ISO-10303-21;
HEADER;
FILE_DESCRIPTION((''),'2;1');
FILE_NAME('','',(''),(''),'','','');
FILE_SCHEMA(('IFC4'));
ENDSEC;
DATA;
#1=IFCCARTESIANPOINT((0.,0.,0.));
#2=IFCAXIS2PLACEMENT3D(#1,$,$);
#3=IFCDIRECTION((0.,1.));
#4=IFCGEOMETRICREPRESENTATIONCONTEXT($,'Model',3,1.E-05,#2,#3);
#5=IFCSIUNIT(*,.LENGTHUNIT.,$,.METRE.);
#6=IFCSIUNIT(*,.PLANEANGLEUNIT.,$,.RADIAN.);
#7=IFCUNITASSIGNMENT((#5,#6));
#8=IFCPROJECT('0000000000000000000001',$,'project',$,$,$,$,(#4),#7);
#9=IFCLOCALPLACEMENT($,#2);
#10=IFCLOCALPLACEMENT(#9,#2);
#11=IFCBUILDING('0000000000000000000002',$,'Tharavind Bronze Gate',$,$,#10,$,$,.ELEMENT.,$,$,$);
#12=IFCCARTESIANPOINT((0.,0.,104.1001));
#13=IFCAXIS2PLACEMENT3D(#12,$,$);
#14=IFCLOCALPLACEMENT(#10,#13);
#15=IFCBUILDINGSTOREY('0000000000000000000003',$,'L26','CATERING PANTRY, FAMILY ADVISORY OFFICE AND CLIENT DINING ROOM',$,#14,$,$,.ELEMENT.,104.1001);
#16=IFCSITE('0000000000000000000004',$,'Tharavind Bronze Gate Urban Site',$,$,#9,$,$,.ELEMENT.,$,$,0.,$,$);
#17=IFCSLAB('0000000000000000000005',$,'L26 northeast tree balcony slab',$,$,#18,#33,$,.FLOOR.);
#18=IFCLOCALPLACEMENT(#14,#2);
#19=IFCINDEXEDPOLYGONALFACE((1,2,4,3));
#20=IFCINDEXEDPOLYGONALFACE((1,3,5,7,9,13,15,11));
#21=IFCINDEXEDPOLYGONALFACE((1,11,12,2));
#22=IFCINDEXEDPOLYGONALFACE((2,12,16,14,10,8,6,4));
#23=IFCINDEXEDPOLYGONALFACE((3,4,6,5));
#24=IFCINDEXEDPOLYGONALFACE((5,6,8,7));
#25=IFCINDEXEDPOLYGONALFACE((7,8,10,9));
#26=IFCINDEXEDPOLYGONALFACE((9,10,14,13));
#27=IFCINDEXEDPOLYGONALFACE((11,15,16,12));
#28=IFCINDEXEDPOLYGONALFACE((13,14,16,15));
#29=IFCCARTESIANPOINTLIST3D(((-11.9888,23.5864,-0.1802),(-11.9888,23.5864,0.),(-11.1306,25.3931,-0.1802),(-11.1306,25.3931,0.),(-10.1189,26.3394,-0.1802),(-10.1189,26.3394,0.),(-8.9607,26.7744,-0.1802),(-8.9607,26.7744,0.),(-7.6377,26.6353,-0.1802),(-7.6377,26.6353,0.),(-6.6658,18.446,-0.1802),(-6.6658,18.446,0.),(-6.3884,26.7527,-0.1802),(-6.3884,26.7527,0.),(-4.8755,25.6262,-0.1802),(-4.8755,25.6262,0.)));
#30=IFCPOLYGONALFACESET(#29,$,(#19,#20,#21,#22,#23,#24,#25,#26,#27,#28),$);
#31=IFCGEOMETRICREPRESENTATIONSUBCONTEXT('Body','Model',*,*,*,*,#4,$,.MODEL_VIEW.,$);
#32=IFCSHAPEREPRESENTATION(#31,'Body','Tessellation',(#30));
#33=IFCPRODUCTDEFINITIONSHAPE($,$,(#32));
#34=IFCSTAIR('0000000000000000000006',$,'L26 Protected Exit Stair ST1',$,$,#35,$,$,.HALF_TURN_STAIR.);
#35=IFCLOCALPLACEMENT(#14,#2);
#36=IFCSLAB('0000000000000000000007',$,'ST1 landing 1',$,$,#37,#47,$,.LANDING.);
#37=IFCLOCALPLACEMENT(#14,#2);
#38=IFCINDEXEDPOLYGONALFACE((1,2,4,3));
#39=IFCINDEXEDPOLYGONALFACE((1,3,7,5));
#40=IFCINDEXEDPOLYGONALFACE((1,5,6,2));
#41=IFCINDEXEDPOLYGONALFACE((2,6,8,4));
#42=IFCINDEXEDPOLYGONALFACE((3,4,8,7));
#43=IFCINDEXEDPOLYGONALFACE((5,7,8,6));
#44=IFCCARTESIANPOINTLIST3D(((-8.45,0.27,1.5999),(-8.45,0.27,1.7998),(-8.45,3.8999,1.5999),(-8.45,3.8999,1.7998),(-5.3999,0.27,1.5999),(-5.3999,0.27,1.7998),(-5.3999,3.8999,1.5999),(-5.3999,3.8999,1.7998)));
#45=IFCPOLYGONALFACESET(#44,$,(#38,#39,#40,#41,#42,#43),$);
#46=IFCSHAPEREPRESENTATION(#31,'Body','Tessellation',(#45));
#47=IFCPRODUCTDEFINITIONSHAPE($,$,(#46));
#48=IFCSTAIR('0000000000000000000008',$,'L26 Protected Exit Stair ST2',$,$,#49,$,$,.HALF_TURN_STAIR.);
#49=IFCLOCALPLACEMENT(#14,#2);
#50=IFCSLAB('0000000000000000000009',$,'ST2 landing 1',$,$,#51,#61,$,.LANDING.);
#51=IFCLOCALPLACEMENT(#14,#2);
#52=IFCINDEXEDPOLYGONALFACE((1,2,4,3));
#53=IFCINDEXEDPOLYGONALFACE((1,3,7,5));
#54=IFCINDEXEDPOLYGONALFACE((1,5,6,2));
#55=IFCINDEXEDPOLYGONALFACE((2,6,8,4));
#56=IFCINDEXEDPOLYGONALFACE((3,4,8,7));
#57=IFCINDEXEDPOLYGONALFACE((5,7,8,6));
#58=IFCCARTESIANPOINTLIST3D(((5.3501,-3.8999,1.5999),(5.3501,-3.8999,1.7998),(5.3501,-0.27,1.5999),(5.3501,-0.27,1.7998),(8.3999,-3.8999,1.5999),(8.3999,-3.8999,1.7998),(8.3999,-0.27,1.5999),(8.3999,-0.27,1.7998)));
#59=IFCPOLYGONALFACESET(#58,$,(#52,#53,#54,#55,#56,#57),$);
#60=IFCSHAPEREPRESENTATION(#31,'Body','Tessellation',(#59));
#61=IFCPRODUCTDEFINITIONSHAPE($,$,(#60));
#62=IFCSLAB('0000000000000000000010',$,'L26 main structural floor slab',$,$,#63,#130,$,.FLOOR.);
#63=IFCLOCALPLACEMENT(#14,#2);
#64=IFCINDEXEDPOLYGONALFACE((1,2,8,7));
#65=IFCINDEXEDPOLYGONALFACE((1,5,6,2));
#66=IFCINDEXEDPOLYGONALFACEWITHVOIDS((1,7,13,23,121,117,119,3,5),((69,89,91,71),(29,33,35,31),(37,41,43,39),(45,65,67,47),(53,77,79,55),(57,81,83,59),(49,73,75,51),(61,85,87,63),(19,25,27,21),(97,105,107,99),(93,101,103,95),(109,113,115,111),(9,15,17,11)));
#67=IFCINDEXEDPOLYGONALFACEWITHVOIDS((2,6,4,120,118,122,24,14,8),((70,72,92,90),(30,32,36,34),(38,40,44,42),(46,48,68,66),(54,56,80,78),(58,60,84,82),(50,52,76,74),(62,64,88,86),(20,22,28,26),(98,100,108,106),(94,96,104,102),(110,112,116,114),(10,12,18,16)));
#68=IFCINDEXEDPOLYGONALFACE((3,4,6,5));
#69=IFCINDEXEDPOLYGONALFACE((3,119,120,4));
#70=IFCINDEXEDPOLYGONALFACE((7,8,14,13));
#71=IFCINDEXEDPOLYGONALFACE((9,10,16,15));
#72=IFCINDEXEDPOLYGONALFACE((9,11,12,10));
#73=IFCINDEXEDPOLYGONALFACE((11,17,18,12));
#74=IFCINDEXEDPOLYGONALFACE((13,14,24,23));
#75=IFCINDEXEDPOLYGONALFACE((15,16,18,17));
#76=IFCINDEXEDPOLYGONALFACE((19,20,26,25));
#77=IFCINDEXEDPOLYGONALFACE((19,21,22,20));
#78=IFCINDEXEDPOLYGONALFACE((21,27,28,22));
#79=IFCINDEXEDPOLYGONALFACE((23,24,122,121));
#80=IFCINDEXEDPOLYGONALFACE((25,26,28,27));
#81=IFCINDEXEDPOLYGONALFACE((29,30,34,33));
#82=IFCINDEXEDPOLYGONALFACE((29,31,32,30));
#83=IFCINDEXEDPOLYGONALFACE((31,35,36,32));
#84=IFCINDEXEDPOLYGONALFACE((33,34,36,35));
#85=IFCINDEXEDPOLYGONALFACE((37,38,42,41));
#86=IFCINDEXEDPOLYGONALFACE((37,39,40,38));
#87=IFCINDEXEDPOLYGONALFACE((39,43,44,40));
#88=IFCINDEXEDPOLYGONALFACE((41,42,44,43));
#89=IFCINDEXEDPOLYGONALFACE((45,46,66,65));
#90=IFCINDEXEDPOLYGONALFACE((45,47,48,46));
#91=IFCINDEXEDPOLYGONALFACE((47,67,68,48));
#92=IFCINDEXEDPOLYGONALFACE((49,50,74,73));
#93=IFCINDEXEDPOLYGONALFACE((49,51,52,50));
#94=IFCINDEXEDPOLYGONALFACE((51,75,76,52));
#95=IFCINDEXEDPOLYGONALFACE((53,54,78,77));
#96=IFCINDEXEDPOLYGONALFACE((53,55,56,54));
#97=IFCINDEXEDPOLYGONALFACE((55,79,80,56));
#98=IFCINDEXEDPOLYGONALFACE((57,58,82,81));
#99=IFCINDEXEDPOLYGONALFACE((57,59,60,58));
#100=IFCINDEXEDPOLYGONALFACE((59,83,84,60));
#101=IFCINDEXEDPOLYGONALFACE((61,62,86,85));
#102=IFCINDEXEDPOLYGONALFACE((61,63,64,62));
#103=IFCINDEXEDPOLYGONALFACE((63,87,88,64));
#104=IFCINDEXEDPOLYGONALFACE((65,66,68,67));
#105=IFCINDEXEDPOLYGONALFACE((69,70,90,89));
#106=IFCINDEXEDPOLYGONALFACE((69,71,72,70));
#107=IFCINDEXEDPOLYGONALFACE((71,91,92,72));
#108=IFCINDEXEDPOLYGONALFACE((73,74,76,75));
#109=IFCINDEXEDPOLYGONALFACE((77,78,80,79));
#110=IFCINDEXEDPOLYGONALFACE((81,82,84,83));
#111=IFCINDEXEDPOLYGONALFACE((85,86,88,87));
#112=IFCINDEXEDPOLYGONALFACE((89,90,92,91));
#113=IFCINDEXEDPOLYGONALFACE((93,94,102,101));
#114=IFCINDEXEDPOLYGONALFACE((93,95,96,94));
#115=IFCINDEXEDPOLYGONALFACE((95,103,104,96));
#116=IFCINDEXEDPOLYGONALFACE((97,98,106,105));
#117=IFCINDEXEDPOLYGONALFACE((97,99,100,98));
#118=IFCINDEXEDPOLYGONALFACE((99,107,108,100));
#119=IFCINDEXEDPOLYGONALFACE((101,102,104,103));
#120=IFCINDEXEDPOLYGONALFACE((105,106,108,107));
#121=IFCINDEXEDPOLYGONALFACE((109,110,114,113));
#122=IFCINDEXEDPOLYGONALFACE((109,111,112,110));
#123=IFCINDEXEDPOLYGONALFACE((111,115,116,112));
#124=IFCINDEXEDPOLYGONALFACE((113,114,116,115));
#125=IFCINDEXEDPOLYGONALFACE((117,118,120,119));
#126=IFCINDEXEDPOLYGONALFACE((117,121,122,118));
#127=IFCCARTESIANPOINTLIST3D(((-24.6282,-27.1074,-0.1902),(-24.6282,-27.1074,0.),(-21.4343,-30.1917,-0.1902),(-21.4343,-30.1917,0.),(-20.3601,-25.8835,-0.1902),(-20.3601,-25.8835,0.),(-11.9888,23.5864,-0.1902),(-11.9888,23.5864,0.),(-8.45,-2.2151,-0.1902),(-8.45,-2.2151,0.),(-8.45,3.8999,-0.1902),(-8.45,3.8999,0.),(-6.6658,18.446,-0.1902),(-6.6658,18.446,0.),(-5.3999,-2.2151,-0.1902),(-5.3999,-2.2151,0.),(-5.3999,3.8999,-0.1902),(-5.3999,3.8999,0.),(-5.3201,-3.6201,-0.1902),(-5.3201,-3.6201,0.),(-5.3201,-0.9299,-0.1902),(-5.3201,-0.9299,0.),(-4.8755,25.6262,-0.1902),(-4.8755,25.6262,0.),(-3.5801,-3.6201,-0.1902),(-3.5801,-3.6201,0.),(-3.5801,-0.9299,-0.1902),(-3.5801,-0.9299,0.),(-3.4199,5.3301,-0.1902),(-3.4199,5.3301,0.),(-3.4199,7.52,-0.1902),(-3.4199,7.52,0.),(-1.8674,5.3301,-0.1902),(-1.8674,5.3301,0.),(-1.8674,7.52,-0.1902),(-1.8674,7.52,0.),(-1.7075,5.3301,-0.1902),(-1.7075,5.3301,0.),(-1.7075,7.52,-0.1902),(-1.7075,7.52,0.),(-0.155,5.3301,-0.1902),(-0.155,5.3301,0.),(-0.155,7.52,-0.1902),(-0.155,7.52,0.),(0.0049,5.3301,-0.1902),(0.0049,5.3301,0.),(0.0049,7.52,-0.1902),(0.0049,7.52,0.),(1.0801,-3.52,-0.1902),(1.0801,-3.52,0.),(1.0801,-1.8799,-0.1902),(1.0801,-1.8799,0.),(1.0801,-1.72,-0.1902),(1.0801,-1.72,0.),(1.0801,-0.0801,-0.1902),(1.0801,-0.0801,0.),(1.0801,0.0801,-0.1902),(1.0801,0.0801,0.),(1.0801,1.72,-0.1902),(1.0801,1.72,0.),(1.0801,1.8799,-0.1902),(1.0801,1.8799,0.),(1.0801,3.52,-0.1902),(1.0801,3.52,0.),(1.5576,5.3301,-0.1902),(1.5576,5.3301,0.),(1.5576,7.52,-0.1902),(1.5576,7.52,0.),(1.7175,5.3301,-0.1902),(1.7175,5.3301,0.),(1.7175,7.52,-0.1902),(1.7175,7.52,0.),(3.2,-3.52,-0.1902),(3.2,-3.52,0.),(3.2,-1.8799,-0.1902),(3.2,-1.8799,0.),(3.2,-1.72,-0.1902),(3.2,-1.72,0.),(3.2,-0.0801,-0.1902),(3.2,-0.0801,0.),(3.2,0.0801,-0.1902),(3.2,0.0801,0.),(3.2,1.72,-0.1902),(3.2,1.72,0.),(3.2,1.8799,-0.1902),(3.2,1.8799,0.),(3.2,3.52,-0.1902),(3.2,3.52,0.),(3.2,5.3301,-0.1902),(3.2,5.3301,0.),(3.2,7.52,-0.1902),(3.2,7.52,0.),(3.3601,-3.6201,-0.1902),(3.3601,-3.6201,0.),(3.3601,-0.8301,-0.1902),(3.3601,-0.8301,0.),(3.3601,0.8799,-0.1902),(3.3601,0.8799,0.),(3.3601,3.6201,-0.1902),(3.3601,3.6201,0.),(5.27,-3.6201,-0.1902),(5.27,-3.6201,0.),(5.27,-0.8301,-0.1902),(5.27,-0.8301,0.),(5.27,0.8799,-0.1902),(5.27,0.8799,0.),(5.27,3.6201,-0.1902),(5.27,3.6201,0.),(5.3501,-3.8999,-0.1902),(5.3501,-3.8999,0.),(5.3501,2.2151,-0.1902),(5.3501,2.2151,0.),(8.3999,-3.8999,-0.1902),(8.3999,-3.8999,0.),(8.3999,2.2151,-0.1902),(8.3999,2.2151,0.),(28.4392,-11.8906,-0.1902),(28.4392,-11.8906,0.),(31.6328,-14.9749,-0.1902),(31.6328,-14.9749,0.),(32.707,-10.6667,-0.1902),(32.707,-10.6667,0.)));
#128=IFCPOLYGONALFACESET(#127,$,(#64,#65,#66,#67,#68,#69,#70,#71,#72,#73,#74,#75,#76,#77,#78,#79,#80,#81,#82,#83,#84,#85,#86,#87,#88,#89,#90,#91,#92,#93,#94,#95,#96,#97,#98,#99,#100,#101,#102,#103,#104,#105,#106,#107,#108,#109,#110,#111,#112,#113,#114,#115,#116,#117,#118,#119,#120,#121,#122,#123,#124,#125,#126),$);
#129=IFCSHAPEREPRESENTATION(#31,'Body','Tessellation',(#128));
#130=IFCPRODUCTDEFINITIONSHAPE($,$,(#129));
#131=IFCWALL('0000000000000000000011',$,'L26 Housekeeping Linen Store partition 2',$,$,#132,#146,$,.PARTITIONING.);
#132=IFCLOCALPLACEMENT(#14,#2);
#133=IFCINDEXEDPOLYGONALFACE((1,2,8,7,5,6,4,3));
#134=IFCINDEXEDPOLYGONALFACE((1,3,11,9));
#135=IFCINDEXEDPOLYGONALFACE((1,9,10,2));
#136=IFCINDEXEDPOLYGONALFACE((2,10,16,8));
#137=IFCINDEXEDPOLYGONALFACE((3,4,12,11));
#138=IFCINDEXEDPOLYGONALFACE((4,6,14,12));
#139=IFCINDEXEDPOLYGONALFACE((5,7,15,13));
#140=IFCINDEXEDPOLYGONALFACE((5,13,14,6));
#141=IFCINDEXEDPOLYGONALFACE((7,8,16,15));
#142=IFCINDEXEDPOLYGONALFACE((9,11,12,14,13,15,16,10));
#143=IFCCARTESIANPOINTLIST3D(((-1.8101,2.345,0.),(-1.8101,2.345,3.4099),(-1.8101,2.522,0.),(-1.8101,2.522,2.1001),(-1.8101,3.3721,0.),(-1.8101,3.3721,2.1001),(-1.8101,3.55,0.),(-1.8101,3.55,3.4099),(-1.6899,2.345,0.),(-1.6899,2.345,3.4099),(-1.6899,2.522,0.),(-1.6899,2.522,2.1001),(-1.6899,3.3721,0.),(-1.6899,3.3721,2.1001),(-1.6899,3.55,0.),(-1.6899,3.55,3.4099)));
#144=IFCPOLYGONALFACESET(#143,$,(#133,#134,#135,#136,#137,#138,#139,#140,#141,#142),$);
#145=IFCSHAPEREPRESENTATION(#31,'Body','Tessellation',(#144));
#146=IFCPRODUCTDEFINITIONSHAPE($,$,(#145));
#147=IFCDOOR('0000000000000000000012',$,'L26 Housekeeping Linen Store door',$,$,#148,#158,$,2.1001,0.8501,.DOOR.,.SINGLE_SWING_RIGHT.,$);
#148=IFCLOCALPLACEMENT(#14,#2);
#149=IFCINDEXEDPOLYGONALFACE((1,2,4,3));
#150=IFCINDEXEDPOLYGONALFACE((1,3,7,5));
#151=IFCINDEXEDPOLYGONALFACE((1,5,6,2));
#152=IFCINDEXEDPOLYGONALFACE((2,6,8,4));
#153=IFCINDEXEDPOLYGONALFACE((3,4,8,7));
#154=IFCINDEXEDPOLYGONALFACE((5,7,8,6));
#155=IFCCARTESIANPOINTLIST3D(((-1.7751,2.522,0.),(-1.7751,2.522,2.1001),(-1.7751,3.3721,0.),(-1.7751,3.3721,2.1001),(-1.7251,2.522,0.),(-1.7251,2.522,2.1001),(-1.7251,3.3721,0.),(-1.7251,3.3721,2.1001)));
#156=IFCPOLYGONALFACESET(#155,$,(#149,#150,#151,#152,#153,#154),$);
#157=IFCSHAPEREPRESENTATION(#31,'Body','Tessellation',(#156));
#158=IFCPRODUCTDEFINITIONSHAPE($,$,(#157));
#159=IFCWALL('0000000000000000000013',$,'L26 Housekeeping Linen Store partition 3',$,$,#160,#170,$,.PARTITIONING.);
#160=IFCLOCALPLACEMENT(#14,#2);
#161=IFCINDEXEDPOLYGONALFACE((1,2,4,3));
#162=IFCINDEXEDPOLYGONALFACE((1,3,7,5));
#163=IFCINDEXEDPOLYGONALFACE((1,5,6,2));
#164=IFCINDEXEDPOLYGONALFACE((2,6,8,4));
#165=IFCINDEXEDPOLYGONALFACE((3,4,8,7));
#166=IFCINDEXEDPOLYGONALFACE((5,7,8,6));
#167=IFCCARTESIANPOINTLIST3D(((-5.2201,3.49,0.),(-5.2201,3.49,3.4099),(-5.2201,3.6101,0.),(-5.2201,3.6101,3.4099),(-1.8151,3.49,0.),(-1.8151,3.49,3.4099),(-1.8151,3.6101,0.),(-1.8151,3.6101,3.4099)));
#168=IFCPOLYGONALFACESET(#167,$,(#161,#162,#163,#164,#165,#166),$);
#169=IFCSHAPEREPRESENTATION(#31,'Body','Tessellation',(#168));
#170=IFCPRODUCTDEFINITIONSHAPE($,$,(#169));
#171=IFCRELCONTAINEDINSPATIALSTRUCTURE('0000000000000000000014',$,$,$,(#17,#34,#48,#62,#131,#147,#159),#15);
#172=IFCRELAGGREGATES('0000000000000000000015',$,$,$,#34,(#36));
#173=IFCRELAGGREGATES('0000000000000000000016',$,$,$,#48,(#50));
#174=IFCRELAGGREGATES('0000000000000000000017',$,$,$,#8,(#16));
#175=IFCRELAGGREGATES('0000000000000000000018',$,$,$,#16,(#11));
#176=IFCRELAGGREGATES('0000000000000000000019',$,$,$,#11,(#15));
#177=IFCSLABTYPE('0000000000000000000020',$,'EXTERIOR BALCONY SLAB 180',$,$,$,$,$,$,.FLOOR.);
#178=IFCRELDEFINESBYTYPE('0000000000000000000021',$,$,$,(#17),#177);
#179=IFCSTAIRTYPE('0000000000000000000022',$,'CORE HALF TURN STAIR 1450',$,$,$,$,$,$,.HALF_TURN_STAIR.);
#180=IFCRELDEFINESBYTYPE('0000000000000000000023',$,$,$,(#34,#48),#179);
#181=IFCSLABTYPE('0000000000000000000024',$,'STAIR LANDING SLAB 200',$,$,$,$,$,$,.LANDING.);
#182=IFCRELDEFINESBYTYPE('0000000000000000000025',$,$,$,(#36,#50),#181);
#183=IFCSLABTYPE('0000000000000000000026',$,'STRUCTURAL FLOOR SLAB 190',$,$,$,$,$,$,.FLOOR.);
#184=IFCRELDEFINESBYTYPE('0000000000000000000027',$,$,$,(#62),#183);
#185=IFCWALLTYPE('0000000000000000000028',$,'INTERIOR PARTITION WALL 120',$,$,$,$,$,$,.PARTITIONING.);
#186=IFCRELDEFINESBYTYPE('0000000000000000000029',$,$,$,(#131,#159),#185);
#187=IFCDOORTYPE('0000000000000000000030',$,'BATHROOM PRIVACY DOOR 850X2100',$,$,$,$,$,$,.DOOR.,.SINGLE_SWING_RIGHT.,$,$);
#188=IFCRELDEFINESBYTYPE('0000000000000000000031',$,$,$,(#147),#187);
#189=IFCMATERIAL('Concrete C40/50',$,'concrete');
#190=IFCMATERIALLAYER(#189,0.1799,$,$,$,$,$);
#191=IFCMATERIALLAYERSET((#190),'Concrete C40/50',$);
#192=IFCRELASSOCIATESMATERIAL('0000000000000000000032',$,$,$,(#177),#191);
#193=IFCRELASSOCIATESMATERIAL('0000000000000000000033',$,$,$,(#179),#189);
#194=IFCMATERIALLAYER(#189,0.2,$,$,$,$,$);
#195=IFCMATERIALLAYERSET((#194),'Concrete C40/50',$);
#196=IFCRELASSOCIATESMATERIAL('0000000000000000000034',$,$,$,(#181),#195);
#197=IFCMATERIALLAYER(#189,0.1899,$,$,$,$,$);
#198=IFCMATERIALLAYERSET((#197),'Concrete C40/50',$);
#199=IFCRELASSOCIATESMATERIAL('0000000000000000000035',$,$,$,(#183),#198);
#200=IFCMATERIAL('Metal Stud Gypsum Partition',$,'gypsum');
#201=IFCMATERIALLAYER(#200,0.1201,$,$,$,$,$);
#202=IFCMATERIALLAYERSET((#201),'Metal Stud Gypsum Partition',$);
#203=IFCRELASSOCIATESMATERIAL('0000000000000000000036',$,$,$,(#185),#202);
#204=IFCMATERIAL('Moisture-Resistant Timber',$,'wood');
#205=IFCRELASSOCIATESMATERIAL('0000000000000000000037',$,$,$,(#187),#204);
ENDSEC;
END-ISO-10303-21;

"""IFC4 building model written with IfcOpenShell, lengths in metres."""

from ifc_helpers import new_model, si_unit, direction, frame, frame_2d, origin, place, context, subcontext, project, spatial, polyline, rectangle, outline, extrude, material, layer, layer_set, type_object, element, fill, aggregate, save


model = new_model("IFC4")

# Units and contexts
model_context = context("Model", 3, precision=1e-05, world=origin(), true_north=direction((0.0, 1.0)))
body_context = subcontext(model_context, "Body", "Model", "MODEL_VIEW")
ifc_project = project(units=[si_unit("LENGTHUNIT", "METRE"), si_unit("PLANEANGLEUNIT", "RADIAN")], contexts=[model_context])

# Site, building, storey
site_placement = place(None, origin())
site = spatial("IfcSite", under=ifc_project, at=site_placement, Name="Tharavind Bronze Gate Urban Site", CompositionType="ELEMENT", RefElevation=0.0)
building_placement = place(site_placement, origin())
building = spatial("IfcBuilding", under=site, at=building_placement, Name="Tharavind Bronze Gate", CompositionType="ELEMENT")
storey_placement = place(building_placement, frame((0.0, 0.0, 104.1001)))
storey = spatial("IfcBuildingStorey", under=building, at=storey_placement, Name="L26", Description="CATERING PANTRY, FAMILY ADVISORY OFFICE AND CLIENT DINING ROOM", CompositionType="ELEMENT", Elevation=104.1001)

# Slab
ifc_material_1 = material(Name="Concrete C40/50", Category="concrete")
ifc_layer_1 = layer(ifc_material_1, 0.1799)
ifc_layer_set_1 = layer_set([ifc_layer_1], Name="Concrete C40/50")
slab_type_1 = type_object("IfcSlabType", Name="EXTERIOR BALCONY SLAB 180", PredefinedType="FLOOR", material=ifc_layer_set_1)
slab_1_placement = place(storey_placement, frame((0.0, 0.0, -0.1802)))
element("IfcSlab", 1, at=slab_1_placement, inside=storey, type_object=slab_type_1, Name="L26 northeast tree balcony slab", PredefinedType="FLOOR", context=body_context, shape_type="SweptSolid", body=[
    extrude(outline(polyline([(-6.3884, 26.7527), (-7.6377, 26.6353), (-8.9607, 26.7744), (-10.1189, 26.3394), (-11.1306, 25.3931), (-11.9888, 23.5864), (-6.6658, 18.446), (-4.8755, 25.6262), (-6.3884, 26.7527)])), origin(), (0.0, 0.0, 1.0), 0.1802),
])

# Stairs, slabs
stair_type = type_object("IfcStairType", Name="CORE HALF TURN STAIR 1450", PredefinedType="HALF_TURN_STAIR", material=ifc_material_1)
stair_1_placement = place(storey_placement, origin())
stair_1 = element("IfcStair", 2, at=stair_1_placement, inside=storey, type_object=stair_type, Name="L26 Protected Exit Stair ST1", PredefinedType="HALF_TURN_STAIR")
ifc_layer_2 = layer(ifc_material_1, 0.2)
ifc_layer_set_2 = layer_set([ifc_layer_2], Name="Concrete C40/50")
slab_type_2 = type_object("IfcSlabType", Name="STAIR LANDING SLAB 200", PredefinedType="LANDING", material=ifc_layer_set_2)
slab_2_placement = place(storey_placement, frame((0.0, 0.0, 1.5999)))
slab_2 = element("IfcSlab", 3, at=slab_2_placement, type_object=slab_type_2, Name="ST1 landing 1", PredefinedType="LANDING", context=body_context, shape_type="SweptSolid", body=[
    extrude(outline(polyline([(-5.3999, 0.27), (-5.3999, 3.8999), (-8.45, 3.8999), (-8.45, 0.27), (-5.3999, 0.27)])), origin(), (0.0, 0.0, 1.0), 0.2),
])
aggregate(stair_1, [slab_2])
stair_2_placement = place(storey_placement, origin())
stair_2 = element("IfcStair", 4, at=stair_2_placement, inside=storey, type_object=stair_type, Name="L26 Protected Exit Stair ST2", PredefinedType="HALF_TURN_STAIR")
slab_3_placement = place(storey_placement, frame((0.0, 0.0, 1.5999)))
slab_3 = element("IfcSlab", 5, at=slab_3_placement, type_object=slab_type_2, Name="ST2 landing 1", PredefinedType="LANDING", context=body_context, shape_type="SweptSolid", body=[
    extrude(outline(polyline([(5.3501, -0.27), (5.3501, -3.8999), (8.3999, -3.8999), (8.3999, -0.27), (5.3501, -0.27)])), origin(), (0.0, 0.0, 1.0), 0.2),
])
aggregate(stair_2, [slab_3])

# Slab
ifc_layer_3 = layer(ifc_material_1, 0.1899)
ifc_layer_set_3 = layer_set([ifc_layer_3], Name="Concrete C40/50")
slab_type_3 = type_object("IfcSlabType", Name="STRUCTURAL FLOOR SLAB 190", PredefinedType="FLOOR", material=ifc_layer_set_3)
slab_4_placement = place(storey_placement, frame((0.0, 0.0, -0.1902)))
element("IfcSlab", 6, at=slab_4_placement, inside=storey, type_object=slab_type_3, Name="L26 main structural floor slab", PredefinedType="FLOOR", context=body_context, shape_type="SweptSolid", body=[
    extrude(outline(polyline([(-4.8755, 25.6262), (-6.6658, 18.446), (-11.9888, 23.5864), (-24.6282, -27.1074), (-20.3601, -25.8835), (-21.4343, -30.1917), (31.6328, -14.9749), (28.4392, -11.8906), (32.707, -10.6667), (-4.8755, 25.6262)]), holes=[polyline([(-5.3999, -2.2151), (-5.3999, 3.8999), (-8.45, 3.8999), (-8.45, -2.2151), (-5.3999, -2.2151)]), polyline([(5.3501, 2.2151), (5.3501, -3.8999), (8.3999, -3.8999), (8.3999, 2.2151), (5.3501, 2.2151)]), polyline([(-3.4199, 5.3301), (-1.8674, 5.3301), (-1.8674, 7.52), (-3.4199, 7.52), (-3.4199, 5.3301)]), polyline([(-1.7075, 5.3301), (-0.155, 5.3301), (-0.155, 7.52), (-1.7075, 7.52), (-1.7075, 5.3301)]), polyline([(0.0049, 5.3301), (1.5576, 5.3301), (1.5576, 7.52), (0.0049, 7.52), (0.0049, 5.3301)]), polyline([(1.7175, 5.3301), (3.2, 5.3301), (3.2, 7.52), (1.7175, 7.52), (1.7175, 5.3301)]), polyline([(1.0801, -3.52), (3.2, -3.52), (3.2, -1.8799), (1.0801, -1.8799), (1.0801, -3.52)]), polyline([(1.0801, -1.72), (3.2, -1.72), (3.2, -0.0801), (1.0801, -0.0801), (1.0801, -1.72)]), polyline([(1.0801, 0.0801), (3.2, 0.0801), (3.2, 1.72), (1.0801, 1.72), (1.0801, 0.0801)]), polyline([(1.0801, 1.8799), (3.2, 1.8799), (3.2, 3.52), (1.0801, 3.52), (1.0801, 1.8799)]), polyline([(-5.3201, -3.6201), (-3.5801, -3.6201), (-3.5801, -0.9299), (-5.3201, -0.9299), (-5.3201, -3.6201)]), polyline([(3.3601, 0.8799), (5.27, 0.8799), (5.27, 3.6201), (3.3601, 3.6201), (3.3601, 0.8799)]), polyline([(3.3601, -3.6201), (5.27, -3.6201), (5.27, -0.8301), (3.3601, -0.8301), (3.3601, -3.6201)])]), origin(), (0.0, 0.0, 1.0), 0.1902),
])

# Wall, opening, door
ifc_material_2 = material(Name="Metal Stud Gypsum Partition", Category="gypsum")
ifc_layer_4 = layer(ifc_material_2, 0.1201)
ifc_layer_set_4 = layer_set([ifc_layer_4], Name="Metal Stud Gypsum Partition")
wall_type_1 = type_object("IfcWallType", Name="INTERIOR PARTITION WALL 120", PredefinedType="PARTITIONING", material=ifc_layer_set_4)
wall_1_placement = place(storey_placement, frame((-1.75, 2.345, 0.0), z_axis=(0.0, 0.0, 1.0), x_axis=(0.0, 1.0, 0.0)))
wall_1 = element("IfcWall", 7, at=wall_1_placement, inside=storey, type_object=wall_type_1, Name="L26 Housekeeping Linen Store partition 2", PredefinedType="PARTITIONING", context=body_context, shape_type="SweptSolid", body=[
    extrude(rectangle(XDim=1.2051, YDim=0.1201, at=frame_2d((0.6025, 0.0))), origin(), (0.0, 0.0, 1.0), 3.4099),
])
opening_1_placement = place(wall_1_placement, frame((0.177, 0.0, 0.0)))
opening_1 = element("IfcOpeningElement", 8, at=opening_1_placement, cuts=wall_1, PredefinedType="OPENING", context=body_context, shape_type="SweptSolid", body=[
    extrude(rectangle(XDim=0.8501, YDim=2.1001, at=frame_2d((0.425, 1.05))), frame((0.0, 0.0701, 0.0), z_axis=(0.0, -1.0, 0.0), x_axis=(1.0, 0.0, 0.0)), (0.0, 0.0, 1.0), 0.1401),
])
ifc_material_3 = material(Name="Moisture-Resistant Timber", Category="wood")
door_type = type_object("IfcDoorType", Name="BATHROOM PRIVACY DOOR 850X2100", OperationType="SINGLE_SWING_RIGHT", PredefinedType="DOOR", material=ifc_material_3)
door_1_placement = place(opening_1_placement, frame((0.8501, 0.0, 0.0), z_axis=(0.0, 0.0, 1.0), x_axis=(-1.0, 0.0, 0.0)))
door_1 = element("IfcDoor", 9, at=door_1_placement, inside=storey, type_object=door_type, Name="L26 Housekeeping Linen Store door", OperationType="SINGLE_SWING_RIGHT", OverallHeight=2.1001, OverallWidth=0.8501, PredefinedType="DOOR", context=body_context, shape_type="SweptSolid", body=[
    extrude(rectangle(XDim=0.8501, YDim=2.1001, at=frame_2d((0.425, 1.05))), frame((0.0, 0.0249, 0.0), z_axis=(0.0, -1.0, 0.0), x_axis=(1.0, 0.0, 0.0)), (0.0, 0.0, 1.0), 0.05),
])
fill(opening_1, door_1)

# Wall
wall_2_placement = place(storey_placement, frame((-1.8149, 3.55, 0.0), z_axis=(0.0, 0.0, 1.0), x_axis=(-1.0, 0.0, 0.0)))
element("IfcWall", 10, at=wall_2_placement, inside=storey, type_object=wall_type_1, Name="L26 Housekeeping Linen Store partition 3", PredefinedType="PARTITIONING", context=body_context, shape_type="SweptSolid", body=[
    extrude(rectangle(XDim=3.405, YDim=0.1201, at=frame_2d((1.7026, 0.0))), origin(), (0.0, 0.0, 1.0), 3.4099),
])

save(model, "model.ifc")
